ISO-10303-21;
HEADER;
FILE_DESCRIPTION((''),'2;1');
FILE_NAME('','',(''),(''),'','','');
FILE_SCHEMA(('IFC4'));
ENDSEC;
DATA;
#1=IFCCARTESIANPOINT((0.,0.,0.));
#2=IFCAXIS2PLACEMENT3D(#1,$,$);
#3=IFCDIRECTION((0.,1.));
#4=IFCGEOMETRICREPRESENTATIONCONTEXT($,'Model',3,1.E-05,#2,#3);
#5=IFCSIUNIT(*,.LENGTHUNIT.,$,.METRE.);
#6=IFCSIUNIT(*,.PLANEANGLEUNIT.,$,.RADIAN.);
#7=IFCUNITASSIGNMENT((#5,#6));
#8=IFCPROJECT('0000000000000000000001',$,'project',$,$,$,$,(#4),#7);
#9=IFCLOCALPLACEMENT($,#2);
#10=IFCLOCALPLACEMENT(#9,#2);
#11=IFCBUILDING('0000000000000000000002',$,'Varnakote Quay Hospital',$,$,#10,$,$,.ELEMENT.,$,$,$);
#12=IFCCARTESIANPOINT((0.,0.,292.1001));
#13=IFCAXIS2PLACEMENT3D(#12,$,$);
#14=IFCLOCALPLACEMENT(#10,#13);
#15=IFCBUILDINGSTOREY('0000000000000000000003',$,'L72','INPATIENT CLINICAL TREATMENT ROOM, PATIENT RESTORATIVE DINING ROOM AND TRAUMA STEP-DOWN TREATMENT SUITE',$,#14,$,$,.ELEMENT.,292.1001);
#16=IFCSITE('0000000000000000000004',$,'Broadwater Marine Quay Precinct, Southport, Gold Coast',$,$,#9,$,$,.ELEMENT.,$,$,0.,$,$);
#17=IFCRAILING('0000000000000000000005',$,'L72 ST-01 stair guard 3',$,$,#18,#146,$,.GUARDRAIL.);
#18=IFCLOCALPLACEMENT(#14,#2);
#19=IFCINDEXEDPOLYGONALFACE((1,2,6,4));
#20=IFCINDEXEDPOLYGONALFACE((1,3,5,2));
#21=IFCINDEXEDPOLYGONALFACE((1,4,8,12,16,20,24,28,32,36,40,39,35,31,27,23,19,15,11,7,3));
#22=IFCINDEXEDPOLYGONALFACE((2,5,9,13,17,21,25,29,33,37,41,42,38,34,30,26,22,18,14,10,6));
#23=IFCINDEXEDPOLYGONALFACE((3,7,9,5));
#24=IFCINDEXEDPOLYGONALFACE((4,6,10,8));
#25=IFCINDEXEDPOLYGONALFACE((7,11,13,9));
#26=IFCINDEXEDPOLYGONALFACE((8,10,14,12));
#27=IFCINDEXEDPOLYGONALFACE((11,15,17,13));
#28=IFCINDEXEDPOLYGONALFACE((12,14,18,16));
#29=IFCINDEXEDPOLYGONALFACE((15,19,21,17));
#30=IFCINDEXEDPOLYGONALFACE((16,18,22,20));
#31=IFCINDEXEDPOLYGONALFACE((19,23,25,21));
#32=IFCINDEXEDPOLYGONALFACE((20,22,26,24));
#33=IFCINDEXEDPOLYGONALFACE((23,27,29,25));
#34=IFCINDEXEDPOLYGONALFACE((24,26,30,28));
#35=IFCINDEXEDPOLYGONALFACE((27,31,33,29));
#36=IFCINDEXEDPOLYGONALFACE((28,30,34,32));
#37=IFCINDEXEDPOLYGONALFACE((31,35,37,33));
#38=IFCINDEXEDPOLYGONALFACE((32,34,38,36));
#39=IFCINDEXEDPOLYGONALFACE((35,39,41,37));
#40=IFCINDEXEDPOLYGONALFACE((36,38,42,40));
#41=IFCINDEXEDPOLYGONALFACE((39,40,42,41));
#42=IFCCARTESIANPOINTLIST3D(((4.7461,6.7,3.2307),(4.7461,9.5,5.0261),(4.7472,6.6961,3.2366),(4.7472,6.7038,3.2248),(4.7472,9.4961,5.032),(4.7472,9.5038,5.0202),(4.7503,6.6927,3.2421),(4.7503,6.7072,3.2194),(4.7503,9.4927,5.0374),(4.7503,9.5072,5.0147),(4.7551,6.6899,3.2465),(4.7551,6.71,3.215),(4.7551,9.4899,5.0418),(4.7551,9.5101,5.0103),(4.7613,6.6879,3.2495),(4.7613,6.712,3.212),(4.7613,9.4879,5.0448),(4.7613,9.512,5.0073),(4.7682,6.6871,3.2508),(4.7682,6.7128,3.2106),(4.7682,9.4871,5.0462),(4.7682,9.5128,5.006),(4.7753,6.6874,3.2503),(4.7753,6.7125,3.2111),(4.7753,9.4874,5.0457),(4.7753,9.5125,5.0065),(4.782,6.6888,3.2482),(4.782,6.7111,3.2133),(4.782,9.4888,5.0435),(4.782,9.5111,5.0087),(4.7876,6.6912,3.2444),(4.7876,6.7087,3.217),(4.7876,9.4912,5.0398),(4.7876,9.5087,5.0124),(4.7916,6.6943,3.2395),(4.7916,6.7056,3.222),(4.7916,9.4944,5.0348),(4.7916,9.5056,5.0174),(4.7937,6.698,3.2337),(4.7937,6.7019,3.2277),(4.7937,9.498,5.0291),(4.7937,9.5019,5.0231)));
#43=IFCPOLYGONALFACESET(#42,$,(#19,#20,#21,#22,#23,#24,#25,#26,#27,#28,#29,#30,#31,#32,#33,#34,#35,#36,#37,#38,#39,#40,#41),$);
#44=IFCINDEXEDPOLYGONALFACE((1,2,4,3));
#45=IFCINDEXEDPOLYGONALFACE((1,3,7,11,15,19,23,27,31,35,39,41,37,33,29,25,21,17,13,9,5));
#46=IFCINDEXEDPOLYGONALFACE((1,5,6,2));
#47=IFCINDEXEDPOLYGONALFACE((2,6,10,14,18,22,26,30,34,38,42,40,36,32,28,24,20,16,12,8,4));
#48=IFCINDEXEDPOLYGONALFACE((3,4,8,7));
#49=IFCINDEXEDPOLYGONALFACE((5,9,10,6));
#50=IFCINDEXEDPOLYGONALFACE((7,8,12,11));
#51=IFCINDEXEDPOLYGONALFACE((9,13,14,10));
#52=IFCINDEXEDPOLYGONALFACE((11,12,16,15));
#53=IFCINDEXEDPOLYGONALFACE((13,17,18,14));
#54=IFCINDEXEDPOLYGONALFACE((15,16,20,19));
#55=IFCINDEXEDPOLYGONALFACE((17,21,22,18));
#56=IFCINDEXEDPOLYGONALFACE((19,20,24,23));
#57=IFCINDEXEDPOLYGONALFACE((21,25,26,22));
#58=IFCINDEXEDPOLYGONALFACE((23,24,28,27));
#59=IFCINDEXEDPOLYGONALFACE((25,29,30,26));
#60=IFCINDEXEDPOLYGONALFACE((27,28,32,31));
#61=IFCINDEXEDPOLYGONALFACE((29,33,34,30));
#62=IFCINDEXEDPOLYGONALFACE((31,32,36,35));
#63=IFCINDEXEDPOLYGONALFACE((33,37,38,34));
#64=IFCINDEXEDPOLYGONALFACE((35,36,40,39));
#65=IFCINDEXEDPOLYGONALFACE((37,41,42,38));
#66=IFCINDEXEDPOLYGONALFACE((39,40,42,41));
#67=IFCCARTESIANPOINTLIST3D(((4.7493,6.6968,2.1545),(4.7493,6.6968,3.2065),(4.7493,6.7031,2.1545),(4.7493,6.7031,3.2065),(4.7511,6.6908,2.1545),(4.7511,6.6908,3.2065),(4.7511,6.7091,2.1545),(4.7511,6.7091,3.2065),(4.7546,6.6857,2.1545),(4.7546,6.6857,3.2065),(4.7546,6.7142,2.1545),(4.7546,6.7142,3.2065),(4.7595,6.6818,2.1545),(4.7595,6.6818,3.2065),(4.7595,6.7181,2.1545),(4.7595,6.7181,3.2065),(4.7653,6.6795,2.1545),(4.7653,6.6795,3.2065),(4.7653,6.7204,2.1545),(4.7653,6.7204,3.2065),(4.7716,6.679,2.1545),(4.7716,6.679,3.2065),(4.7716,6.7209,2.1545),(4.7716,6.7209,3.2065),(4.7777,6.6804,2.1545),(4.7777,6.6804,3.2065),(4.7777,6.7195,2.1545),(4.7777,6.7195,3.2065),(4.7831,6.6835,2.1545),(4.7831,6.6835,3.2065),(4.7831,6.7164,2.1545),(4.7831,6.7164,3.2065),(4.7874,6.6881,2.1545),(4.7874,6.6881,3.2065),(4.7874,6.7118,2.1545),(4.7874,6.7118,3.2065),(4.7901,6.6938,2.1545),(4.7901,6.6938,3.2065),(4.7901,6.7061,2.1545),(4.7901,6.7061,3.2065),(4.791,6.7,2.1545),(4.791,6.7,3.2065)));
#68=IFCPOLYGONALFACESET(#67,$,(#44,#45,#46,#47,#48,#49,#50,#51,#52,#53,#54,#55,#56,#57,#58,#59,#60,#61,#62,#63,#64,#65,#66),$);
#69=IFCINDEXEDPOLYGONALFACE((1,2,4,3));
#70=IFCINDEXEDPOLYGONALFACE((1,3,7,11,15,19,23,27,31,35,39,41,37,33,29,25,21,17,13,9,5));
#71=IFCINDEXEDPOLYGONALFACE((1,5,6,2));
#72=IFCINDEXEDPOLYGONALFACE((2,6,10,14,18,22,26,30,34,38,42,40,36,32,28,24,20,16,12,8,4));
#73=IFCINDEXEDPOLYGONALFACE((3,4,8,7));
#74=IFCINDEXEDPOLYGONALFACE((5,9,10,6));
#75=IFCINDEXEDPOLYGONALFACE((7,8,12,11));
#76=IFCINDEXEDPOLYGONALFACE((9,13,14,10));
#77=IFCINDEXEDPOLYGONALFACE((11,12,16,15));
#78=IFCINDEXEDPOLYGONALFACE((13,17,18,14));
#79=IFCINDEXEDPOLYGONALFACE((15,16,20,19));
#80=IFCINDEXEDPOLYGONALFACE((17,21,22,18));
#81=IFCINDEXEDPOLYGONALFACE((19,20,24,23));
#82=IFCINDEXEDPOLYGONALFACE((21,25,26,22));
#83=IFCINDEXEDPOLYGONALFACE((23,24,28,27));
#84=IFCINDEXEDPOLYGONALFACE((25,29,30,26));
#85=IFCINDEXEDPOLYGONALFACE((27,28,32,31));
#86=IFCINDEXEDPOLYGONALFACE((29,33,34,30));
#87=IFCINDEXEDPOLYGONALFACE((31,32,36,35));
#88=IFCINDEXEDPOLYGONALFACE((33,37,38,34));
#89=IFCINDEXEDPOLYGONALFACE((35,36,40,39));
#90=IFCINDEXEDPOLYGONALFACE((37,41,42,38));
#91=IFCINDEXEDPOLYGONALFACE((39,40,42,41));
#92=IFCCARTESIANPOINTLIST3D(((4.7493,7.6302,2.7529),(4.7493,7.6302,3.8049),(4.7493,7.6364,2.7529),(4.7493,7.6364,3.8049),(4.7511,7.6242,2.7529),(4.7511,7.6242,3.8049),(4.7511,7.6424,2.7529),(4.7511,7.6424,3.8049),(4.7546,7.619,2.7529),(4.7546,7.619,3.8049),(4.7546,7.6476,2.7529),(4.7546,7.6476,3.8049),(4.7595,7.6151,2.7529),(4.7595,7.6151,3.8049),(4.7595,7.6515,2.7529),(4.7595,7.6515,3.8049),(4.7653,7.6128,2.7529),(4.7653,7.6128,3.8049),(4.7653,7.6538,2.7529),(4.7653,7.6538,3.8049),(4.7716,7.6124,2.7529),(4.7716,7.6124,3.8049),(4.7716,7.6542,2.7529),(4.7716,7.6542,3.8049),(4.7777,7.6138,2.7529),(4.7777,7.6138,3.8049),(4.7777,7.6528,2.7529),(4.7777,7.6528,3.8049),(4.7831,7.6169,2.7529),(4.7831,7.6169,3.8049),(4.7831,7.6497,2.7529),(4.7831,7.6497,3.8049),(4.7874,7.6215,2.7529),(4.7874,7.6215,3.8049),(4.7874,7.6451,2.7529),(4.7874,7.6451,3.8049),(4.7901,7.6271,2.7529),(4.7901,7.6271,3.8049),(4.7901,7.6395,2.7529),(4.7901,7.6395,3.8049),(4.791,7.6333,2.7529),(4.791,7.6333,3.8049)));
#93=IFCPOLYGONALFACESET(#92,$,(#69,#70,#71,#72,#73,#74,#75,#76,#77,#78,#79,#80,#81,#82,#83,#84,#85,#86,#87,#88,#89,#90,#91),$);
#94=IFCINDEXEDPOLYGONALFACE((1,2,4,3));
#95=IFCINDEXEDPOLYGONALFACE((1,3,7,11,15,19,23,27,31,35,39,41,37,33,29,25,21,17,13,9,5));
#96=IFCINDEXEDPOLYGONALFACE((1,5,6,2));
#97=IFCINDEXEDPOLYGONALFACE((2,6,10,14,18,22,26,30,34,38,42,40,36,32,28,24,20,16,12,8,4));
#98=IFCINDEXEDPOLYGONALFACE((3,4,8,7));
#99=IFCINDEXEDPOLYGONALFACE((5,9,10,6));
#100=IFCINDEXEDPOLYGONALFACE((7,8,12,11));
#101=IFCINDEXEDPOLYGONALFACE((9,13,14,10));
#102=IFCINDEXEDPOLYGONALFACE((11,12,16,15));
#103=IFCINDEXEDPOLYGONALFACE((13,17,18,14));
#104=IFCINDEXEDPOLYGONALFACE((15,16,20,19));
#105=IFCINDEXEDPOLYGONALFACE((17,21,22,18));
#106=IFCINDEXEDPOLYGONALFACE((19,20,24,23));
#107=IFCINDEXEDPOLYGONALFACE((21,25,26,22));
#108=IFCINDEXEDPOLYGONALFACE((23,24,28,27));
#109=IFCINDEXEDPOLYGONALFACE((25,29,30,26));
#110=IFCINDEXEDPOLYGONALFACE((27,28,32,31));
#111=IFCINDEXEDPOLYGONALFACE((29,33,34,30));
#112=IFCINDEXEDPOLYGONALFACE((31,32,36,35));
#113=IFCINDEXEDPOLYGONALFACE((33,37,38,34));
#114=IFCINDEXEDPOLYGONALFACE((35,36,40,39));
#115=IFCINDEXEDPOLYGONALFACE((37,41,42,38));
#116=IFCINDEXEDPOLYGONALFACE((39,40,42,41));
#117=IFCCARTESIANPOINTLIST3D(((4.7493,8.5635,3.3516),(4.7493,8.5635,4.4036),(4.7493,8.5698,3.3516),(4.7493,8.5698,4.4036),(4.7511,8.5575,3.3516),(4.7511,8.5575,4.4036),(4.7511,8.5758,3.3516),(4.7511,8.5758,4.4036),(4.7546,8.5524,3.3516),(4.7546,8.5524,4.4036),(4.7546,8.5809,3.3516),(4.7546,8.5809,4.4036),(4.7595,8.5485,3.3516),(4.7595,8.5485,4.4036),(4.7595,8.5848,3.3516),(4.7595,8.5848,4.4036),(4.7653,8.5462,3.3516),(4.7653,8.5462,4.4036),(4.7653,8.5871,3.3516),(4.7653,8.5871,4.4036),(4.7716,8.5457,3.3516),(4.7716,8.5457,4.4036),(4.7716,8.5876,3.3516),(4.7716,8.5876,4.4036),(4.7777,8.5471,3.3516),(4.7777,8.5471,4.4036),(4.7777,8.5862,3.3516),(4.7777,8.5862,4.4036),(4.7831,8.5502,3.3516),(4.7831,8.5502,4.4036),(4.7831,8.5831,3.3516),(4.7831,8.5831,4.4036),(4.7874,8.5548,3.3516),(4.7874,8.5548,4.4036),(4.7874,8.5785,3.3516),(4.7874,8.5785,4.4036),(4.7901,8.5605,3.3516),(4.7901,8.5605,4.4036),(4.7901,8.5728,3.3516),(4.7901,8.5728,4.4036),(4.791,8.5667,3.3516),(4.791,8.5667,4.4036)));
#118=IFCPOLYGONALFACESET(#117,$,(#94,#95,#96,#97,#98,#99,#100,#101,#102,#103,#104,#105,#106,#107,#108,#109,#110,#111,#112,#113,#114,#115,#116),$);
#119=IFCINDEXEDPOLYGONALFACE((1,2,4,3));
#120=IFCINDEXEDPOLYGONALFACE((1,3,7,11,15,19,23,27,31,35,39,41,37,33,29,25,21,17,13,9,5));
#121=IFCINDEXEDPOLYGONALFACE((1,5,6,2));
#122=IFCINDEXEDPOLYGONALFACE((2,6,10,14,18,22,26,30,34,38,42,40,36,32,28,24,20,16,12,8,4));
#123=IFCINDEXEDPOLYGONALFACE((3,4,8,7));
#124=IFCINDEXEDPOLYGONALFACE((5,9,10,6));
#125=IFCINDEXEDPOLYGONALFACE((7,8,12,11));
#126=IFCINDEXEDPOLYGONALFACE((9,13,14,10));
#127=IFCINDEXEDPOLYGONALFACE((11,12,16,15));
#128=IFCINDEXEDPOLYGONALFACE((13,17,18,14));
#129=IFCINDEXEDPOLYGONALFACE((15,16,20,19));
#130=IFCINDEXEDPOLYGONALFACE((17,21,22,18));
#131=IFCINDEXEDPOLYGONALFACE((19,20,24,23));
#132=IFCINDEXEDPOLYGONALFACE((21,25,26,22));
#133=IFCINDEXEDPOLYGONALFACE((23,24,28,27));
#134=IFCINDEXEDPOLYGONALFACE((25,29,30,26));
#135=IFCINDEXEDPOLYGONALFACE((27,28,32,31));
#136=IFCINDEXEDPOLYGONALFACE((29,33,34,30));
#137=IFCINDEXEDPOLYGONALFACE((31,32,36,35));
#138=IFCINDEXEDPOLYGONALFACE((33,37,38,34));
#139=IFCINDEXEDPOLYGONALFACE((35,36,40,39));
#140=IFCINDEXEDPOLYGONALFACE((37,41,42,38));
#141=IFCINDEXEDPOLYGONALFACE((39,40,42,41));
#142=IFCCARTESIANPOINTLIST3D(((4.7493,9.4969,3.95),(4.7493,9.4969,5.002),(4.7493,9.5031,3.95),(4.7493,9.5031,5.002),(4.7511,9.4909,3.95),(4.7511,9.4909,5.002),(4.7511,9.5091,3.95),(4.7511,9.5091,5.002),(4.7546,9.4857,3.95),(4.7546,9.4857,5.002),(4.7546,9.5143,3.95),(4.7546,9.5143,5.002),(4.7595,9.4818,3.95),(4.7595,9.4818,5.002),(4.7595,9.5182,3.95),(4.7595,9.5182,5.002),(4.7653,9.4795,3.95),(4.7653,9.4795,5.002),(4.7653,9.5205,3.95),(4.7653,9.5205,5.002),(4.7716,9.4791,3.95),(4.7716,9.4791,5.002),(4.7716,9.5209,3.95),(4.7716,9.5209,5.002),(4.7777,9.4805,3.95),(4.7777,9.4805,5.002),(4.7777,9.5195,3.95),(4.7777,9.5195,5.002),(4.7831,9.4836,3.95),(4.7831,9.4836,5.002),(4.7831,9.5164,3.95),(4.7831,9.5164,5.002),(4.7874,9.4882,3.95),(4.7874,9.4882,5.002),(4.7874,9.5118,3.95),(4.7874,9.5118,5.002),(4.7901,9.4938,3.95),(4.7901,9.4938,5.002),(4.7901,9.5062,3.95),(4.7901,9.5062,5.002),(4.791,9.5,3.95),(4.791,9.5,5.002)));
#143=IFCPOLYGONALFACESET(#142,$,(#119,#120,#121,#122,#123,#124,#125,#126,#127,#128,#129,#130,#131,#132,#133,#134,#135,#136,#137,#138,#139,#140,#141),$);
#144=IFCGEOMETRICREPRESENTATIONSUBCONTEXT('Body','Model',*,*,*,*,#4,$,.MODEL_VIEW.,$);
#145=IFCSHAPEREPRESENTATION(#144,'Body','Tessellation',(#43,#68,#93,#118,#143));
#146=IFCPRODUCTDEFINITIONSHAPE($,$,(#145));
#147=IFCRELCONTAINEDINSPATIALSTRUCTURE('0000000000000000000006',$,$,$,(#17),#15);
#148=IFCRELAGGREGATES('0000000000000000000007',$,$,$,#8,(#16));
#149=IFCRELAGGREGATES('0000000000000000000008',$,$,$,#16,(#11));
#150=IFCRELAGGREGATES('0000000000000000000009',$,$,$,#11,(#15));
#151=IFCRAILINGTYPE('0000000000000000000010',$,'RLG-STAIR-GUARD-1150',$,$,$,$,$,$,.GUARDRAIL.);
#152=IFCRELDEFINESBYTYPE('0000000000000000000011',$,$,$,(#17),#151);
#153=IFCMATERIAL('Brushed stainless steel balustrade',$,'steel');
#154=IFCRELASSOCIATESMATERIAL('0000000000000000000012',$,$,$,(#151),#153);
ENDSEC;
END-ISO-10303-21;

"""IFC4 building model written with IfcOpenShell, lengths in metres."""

from ifc_helpers import new_model, si_unit, direction, frame, origin, origin_2d, place, context, subcontext, project, spatial, circle, extrude, material, type_object, element, save


model = new_model("IFC4")

# Units and contexts
model_context = context("Model", 3, precision=1e-05, world=origin(), true_north=direction((0.0, 1.0)))
body_context = subcontext(model_context, "Body", "Model", "MODEL_VIEW")
ifc_project = project(units=[si_unit("LENGTHUNIT", "METRE"), si_unit("PLANEANGLEUNIT", "RADIAN")], contexts=[model_context])

# Site, building, storey
site_placement = place(None, origin())
site = spatial("IfcSite", under=ifc_project, at=site_placement, Name="Broadwater Marine Quay Precinct, Southport, Gold Coast", CompositionType="ELEMENT", RefElevation=0.0)
building_placement = place(site_placement, origin())
building = spatial("IfcBuilding", under=site, at=building_placement, Name="Varnakote Quay Hospital", CompositionType="ELEMENT")
storey_placement = place(building_placement, frame((0.0, 0.0, 292.1001)))
storey = spatial("IfcBuildingStorey", under=building, at=storey_placement, Name="L72", Description="INPATIENT CLINICAL TREATMENT ROOM, PATIENT RESTORATIVE DINING ROOM AND TRAUMA STEP-DOWN TREATMENT SUITE", CompositionType="ELEMENT", Elevation=292.1001)

# Railing
ifc_material_1 = material(Name="Brushed stainless steel balustrade", Category="steel")
railing_type_1 = type_object("IfcRailingType", Name="RLG-STAIR-GUARD-1150", PredefinedType="GUARDRAIL", material=ifc_material_1)
railing_1_placement = place(storey_placement, frame((4.77, 6.7, 2.1545)))
element("IfcRailing", 1, at=railing_1_placement, inside=storey, type_object=railing_type_1, Name="L72 ST-01 stair guard 3", PredefinedType="GUARDRAIL", context=body_context, shape_type="SweptSolid", body=[
    extrude(circle(Radius=0.0239, at=origin_2d()), frame((0.0, 0.0, 1.0762), z_axis=(0.0, 0.84181, 0.539774), x_axis=(-1.0, 0.0, 0.0)), (0.0, 0.0, 1.0), 3.3262),
    extrude(circle(Radius=0.021, at=origin_2d()), origin(), (0.0, 0.0, 1.0), 1.052),
    extrude(circle(Radius=0.021, at=origin_2d()), frame((0.0, 0.9333, 0.5984)), (0.0, 0.0, 1.0), 1.052),
    extrude(circle(Radius=0.021, at=origin_2d()), frame((0.0, 1.8667, 1.197)), (0.0, 0.0, 1.0), 1.052),
    extrude(circle(Radius=0.021, at=origin_2d()), frame((0.0, 2.8, 1.7954)), (0.0, 0.0, 1.0), 1.052),
])

save(model, "model.ifc")
